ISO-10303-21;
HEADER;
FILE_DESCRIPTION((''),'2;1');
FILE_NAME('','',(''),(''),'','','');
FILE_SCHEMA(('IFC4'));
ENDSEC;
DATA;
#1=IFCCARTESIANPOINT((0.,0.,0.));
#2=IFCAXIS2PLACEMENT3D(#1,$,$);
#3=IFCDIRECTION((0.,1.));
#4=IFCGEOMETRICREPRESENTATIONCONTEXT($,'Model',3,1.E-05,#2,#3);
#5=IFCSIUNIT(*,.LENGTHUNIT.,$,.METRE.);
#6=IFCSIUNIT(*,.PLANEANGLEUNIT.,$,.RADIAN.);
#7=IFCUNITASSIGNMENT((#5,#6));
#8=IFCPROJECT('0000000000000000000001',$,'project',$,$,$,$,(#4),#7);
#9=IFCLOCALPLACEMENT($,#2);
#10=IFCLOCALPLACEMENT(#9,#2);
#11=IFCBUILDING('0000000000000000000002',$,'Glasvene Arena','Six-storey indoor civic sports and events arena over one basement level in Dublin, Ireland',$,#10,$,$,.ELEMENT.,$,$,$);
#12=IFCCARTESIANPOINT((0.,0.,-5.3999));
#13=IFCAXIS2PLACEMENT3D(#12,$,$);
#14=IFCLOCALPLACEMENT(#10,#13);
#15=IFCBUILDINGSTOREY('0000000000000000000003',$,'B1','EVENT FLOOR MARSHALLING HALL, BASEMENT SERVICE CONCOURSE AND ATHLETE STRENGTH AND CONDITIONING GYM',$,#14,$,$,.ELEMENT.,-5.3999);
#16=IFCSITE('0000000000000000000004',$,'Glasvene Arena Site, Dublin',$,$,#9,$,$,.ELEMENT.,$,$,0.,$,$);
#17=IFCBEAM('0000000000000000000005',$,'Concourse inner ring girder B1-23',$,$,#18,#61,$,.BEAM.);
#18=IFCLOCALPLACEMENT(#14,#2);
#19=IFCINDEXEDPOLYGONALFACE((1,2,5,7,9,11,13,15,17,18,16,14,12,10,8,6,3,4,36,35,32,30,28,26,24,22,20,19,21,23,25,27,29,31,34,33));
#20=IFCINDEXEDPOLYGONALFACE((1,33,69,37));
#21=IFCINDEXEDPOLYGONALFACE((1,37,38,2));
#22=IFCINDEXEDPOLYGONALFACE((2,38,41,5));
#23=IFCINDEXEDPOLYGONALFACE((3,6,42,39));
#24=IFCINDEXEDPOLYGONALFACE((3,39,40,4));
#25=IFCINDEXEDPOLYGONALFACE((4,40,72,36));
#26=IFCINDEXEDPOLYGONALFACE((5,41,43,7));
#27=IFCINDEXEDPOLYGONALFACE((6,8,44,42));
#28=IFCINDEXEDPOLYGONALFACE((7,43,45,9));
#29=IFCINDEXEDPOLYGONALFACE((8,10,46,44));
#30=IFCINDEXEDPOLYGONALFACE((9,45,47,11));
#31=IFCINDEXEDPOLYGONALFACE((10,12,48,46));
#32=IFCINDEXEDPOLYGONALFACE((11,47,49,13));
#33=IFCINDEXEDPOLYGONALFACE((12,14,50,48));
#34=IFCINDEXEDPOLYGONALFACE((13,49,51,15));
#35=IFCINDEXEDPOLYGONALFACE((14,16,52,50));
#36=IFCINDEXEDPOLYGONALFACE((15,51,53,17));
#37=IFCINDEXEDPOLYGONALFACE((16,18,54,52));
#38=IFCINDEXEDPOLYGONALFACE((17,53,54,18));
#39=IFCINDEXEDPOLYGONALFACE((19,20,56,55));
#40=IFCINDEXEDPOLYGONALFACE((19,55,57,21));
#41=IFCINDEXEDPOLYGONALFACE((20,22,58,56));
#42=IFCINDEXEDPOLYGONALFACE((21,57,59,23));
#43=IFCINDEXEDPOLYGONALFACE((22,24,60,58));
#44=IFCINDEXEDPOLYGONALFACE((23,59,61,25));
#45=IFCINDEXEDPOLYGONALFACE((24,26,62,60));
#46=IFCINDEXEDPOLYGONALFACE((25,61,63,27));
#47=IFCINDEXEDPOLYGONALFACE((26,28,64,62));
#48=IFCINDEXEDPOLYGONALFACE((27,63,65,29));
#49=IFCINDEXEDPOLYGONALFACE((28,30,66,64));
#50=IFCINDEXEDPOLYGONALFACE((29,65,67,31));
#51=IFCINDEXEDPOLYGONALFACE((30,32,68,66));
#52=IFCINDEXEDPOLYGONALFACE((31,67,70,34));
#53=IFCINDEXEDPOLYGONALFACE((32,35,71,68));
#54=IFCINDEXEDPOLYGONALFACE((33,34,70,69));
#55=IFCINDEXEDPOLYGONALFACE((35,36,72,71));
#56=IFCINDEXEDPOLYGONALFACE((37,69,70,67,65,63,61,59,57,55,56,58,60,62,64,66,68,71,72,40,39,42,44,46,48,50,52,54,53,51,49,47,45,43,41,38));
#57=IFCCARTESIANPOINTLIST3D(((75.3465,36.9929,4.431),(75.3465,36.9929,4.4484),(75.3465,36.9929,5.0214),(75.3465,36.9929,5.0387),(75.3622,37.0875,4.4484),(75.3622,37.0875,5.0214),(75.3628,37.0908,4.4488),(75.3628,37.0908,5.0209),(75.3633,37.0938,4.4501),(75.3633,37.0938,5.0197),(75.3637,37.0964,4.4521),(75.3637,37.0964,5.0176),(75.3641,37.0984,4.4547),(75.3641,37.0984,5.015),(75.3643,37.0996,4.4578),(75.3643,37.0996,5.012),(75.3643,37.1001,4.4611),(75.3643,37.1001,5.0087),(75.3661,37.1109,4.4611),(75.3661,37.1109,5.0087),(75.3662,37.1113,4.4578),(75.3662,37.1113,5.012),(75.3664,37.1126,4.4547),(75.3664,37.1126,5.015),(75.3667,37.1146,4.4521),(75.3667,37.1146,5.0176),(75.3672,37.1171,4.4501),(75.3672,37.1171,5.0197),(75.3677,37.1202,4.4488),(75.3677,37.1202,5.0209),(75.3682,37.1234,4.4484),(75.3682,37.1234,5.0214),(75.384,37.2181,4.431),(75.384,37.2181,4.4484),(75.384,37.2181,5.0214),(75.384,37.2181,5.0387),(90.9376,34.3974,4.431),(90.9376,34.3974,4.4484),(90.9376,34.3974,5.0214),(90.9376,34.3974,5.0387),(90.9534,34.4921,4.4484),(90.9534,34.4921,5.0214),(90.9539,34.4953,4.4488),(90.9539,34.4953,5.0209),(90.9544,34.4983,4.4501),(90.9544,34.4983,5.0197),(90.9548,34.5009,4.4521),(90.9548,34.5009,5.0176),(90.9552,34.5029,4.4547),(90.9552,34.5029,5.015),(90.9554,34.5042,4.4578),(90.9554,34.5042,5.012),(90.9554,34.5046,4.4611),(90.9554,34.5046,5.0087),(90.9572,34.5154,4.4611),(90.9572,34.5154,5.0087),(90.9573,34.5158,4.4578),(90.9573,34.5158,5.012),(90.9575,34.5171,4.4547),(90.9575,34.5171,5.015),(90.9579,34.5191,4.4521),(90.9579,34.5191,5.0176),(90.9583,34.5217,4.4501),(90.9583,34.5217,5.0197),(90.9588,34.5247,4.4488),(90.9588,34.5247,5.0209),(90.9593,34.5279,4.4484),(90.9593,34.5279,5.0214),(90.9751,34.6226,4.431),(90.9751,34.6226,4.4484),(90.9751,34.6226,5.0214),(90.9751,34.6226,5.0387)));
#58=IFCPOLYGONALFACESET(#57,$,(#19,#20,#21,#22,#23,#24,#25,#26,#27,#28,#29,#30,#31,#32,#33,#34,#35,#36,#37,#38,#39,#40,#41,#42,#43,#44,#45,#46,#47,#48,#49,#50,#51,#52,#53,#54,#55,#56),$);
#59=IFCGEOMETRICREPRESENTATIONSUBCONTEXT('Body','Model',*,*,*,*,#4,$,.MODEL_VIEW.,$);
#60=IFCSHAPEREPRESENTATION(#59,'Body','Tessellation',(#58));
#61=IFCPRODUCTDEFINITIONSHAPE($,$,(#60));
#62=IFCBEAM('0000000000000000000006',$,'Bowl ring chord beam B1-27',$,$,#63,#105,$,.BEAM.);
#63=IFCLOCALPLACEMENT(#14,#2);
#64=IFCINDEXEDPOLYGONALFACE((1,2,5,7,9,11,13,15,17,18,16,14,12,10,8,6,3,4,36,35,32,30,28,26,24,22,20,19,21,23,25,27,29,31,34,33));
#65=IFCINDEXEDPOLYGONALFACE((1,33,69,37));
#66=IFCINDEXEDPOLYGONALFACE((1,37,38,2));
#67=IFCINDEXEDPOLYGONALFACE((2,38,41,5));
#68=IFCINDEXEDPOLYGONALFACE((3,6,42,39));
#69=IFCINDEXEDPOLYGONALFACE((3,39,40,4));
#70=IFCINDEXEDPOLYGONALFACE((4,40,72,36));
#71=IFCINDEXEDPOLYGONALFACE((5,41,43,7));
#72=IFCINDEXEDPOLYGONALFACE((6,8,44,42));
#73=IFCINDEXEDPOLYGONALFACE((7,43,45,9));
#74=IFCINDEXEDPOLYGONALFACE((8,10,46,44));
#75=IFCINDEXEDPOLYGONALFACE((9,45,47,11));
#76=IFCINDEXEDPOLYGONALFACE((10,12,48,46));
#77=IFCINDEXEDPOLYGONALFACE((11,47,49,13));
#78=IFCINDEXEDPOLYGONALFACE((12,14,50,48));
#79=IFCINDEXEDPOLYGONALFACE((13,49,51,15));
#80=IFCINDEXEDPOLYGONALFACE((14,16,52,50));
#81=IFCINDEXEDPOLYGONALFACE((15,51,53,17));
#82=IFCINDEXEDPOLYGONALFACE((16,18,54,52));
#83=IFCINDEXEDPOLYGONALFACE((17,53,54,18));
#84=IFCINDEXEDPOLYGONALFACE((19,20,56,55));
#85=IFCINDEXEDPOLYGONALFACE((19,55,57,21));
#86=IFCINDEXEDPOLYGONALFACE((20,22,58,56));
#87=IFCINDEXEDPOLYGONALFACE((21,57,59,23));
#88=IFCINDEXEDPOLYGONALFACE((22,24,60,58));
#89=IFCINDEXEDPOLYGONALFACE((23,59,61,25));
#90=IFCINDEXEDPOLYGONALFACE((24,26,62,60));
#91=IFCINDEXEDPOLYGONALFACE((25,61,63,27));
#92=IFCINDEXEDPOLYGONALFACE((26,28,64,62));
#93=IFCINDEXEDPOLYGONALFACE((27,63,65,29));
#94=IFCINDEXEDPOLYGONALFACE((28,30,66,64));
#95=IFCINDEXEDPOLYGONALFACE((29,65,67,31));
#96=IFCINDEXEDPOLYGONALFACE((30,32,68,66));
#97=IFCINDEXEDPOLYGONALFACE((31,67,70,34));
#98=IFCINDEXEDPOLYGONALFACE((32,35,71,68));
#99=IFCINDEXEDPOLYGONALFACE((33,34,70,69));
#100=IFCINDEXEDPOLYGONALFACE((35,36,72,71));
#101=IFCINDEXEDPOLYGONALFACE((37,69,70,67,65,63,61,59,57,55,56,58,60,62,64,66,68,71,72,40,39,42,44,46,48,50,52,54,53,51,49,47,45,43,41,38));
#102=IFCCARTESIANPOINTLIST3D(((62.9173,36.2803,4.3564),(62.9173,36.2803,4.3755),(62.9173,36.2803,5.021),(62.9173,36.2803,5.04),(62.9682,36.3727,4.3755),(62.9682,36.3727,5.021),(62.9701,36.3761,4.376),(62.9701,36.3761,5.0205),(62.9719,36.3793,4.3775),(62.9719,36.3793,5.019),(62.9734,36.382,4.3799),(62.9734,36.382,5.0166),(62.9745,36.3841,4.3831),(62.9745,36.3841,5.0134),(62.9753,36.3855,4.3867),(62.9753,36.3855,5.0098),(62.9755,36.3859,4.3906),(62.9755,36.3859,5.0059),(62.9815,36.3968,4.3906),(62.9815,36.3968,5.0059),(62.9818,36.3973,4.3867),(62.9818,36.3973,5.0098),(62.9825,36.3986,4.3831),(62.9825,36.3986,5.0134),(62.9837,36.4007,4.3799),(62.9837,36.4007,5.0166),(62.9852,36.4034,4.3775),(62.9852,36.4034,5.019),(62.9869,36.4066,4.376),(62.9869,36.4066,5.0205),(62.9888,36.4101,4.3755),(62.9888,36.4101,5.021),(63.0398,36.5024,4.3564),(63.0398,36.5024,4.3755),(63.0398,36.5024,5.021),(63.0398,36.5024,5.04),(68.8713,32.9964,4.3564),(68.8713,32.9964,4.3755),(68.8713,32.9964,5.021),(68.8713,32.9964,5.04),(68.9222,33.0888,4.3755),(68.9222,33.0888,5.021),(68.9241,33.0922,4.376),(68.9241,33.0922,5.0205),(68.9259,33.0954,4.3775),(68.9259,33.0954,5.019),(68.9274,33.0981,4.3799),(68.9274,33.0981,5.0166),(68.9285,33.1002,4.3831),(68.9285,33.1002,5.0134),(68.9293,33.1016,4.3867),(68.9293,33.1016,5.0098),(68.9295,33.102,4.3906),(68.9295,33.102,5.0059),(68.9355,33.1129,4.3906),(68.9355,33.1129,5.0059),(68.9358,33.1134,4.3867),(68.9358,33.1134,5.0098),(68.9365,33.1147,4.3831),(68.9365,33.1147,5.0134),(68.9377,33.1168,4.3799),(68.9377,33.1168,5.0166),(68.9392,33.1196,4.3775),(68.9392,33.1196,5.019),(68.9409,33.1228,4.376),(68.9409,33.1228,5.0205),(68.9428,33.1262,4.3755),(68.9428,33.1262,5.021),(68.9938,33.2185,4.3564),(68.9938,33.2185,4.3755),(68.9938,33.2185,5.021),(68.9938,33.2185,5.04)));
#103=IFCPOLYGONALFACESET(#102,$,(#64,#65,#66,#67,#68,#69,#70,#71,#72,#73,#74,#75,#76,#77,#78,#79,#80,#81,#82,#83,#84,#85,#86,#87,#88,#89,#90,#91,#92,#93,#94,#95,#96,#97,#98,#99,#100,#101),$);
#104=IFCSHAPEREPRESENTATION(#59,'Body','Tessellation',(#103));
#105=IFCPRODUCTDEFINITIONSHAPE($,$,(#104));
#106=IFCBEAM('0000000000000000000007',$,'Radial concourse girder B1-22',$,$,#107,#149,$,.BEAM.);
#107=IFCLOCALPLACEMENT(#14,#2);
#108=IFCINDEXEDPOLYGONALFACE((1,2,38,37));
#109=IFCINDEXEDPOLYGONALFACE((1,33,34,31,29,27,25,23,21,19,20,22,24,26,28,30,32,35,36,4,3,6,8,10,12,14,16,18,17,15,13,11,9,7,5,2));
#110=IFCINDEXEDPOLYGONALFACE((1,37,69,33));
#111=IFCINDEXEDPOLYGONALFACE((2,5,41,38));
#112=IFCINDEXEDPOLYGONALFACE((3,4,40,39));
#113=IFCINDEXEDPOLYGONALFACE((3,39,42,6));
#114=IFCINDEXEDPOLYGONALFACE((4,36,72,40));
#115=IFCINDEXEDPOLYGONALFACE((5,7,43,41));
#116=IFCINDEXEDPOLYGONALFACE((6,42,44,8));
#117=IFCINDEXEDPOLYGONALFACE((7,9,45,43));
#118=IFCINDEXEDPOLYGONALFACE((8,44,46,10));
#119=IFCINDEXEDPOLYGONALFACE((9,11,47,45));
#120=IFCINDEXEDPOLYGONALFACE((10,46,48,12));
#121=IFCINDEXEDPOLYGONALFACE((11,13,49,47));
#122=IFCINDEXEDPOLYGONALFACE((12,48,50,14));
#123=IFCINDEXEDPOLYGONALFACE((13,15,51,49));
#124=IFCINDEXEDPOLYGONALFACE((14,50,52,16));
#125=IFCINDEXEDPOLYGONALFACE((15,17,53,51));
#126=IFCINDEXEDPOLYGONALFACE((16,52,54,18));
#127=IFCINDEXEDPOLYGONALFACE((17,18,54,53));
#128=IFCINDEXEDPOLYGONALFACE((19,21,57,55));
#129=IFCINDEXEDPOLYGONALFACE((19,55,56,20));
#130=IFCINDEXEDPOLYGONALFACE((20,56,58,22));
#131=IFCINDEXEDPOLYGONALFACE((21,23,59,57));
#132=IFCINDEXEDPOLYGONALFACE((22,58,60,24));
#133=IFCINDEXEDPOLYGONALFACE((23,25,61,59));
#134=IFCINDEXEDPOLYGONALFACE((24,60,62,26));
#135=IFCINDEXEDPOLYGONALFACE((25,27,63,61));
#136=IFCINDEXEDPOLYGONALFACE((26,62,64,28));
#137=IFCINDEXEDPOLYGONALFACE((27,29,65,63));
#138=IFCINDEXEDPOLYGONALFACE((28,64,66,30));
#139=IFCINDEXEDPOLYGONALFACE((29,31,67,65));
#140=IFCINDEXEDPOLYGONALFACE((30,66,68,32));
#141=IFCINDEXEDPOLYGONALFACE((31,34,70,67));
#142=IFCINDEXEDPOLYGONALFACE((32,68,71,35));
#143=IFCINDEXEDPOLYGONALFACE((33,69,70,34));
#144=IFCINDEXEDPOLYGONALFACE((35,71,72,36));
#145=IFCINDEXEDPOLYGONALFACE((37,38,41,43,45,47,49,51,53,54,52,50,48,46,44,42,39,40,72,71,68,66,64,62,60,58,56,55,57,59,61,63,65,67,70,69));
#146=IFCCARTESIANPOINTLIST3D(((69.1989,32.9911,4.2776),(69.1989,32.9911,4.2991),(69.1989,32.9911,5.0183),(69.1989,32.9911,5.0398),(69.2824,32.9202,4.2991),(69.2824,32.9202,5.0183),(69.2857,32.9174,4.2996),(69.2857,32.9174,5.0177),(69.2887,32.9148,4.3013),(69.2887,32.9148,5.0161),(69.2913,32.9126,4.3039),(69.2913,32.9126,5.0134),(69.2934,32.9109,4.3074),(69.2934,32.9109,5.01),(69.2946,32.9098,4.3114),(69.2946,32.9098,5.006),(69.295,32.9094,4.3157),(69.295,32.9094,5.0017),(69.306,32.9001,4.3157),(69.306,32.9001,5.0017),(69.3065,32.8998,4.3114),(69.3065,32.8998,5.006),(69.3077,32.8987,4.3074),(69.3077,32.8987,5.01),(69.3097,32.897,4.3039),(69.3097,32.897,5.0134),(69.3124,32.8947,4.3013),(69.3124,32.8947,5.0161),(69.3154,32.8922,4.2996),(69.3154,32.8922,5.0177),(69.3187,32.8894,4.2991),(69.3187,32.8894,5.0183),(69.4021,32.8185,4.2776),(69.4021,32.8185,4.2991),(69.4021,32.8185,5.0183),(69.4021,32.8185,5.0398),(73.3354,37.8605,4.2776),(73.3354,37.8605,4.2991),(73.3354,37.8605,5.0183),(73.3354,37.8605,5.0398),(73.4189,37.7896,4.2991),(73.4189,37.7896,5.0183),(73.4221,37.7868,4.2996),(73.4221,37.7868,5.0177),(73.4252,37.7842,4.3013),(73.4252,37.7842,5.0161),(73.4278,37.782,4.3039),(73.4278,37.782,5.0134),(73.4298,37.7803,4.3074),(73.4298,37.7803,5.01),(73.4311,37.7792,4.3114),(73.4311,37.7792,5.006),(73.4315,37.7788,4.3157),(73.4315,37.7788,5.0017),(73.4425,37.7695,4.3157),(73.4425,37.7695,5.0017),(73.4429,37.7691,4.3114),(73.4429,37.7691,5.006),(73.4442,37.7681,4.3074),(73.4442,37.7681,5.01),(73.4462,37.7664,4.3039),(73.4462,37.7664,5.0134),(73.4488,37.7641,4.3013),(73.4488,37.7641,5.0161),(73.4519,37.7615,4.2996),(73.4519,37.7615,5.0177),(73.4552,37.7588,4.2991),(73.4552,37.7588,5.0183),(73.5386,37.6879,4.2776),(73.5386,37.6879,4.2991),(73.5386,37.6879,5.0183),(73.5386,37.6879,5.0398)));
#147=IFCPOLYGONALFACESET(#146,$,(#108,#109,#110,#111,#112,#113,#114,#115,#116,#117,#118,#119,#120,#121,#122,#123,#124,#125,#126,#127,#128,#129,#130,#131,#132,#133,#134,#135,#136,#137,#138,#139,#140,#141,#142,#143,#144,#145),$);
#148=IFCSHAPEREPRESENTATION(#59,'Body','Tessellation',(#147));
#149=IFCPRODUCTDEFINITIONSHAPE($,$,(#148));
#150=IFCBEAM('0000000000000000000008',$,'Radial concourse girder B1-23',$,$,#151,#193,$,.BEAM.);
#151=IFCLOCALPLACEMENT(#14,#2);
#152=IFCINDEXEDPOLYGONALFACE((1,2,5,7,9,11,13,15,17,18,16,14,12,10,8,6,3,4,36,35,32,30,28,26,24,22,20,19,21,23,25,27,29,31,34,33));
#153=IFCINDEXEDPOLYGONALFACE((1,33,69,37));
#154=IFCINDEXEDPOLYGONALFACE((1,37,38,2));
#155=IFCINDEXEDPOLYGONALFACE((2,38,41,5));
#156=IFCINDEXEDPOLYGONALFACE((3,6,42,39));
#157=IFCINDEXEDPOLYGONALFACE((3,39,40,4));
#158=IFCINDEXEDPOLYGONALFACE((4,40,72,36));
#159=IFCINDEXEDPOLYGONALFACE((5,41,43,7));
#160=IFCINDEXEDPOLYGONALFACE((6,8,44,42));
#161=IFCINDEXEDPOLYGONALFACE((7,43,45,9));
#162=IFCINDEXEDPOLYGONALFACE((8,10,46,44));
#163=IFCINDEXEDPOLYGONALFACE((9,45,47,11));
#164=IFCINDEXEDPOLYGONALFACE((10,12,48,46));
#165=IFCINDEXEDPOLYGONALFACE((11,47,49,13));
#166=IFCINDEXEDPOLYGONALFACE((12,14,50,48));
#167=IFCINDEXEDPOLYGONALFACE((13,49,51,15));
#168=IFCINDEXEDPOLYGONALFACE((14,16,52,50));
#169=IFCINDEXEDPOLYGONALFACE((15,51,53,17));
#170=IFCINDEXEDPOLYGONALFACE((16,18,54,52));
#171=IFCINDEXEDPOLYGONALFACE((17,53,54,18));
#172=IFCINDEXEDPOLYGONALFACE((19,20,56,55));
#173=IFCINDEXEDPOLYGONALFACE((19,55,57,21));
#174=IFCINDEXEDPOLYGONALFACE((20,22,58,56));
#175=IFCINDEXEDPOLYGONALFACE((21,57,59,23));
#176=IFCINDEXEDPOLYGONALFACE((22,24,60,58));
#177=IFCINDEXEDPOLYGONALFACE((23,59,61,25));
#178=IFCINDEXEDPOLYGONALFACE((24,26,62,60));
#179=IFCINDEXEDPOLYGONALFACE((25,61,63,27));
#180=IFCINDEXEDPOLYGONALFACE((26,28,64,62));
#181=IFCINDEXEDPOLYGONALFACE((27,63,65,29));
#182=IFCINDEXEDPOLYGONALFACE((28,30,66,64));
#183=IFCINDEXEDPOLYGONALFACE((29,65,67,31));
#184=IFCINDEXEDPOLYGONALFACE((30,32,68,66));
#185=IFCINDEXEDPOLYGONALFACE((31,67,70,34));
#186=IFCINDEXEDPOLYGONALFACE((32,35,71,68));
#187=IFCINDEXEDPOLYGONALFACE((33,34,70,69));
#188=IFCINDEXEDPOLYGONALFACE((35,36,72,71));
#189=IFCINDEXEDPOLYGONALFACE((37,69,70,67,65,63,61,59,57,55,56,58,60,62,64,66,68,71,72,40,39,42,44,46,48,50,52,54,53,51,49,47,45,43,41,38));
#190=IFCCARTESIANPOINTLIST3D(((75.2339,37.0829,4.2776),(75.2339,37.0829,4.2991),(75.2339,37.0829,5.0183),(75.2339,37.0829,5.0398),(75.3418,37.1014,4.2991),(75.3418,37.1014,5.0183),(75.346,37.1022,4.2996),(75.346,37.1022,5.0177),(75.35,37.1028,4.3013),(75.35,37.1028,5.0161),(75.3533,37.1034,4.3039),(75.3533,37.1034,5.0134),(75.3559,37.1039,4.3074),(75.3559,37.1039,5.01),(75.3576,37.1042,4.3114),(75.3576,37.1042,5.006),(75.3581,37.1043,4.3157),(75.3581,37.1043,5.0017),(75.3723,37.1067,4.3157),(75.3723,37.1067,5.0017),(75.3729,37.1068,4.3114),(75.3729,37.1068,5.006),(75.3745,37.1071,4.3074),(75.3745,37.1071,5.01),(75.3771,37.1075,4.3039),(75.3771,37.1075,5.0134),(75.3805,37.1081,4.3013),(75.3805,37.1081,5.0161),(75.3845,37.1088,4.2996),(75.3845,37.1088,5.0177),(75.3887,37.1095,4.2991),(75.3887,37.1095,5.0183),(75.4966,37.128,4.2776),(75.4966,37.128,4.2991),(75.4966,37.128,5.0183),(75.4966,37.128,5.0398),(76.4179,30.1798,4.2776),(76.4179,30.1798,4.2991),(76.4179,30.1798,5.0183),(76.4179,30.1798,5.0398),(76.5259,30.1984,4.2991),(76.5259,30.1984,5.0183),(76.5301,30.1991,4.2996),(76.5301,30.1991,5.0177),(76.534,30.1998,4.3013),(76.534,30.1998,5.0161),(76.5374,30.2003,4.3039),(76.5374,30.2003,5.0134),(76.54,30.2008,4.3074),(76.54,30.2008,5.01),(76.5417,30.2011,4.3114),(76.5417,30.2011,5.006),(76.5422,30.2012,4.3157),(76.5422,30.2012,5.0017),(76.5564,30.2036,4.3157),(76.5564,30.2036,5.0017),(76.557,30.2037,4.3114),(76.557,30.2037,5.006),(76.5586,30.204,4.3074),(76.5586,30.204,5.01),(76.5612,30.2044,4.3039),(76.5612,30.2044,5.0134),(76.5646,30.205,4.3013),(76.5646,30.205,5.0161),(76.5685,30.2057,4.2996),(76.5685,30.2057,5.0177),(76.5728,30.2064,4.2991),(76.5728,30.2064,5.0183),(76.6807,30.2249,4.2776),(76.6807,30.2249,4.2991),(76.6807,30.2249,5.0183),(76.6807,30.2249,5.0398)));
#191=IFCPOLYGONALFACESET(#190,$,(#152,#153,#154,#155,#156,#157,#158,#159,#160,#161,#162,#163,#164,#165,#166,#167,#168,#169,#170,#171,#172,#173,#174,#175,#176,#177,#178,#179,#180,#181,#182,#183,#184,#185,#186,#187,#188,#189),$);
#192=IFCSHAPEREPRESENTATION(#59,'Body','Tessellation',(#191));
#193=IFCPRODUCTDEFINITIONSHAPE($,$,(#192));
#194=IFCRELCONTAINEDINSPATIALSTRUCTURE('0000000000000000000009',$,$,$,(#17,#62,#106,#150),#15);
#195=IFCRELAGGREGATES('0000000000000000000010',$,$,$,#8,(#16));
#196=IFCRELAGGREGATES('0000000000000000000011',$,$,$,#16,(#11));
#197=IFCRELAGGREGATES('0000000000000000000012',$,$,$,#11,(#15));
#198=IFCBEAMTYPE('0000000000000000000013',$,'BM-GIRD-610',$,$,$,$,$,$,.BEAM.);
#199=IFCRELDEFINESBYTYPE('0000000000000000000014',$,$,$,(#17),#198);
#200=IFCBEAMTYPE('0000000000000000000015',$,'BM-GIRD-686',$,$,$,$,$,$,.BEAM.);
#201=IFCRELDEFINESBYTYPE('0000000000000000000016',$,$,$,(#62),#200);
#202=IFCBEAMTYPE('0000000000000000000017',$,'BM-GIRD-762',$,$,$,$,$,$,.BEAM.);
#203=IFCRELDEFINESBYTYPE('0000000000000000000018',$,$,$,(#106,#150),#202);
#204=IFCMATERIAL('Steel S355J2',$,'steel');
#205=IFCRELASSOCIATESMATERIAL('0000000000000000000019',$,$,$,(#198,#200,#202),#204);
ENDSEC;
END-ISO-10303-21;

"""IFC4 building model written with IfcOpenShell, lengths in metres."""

from ifc_helpers import new_model, si_unit, direction, frame, origin, origin_2d, place, context, subcontext, project, spatial, i_section, extrude, material, material_profile, profile_set, type_object, element, save


model = new_model("IFC4")

# Units and contexts
model_context = context("Model", 3, precision=1e-05, world=origin(), true_north=direction((0.0, 1.0)))
body_context = subcontext(model_context, "Body", "Model", "MODEL_VIEW")
ifc_project = project(units=[si_unit("LENGTHUNIT", "METRE"), si_unit("PLANEANGLEUNIT", "RADIAN")], contexts=[model_context])

# Site, building, storey
site_placement = place(None, origin())
site = spatial("IfcSite", under=ifc_project, at=site_placement, Name="Glasvene Arena Site, Dublin", CompositionType="ELEMENT", RefElevation=0.0)
building_placement = place(site_placement, origin())
building = spatial("IfcBuilding", under=site, at=building_placement, Name="Glasvene Arena", Description="Six-storey indoor civic sports and events arena over one basement level in Dublin, Ireland", CompositionType="ELEMENT")
storey_placement = place(building_placement, frame((0.0, 0.0, -5.3999)))
storey = spatial("IfcBuildingStorey", under=building, at=storey_placement, Name="B1", Description="EVENT FLOOR MARSHALLING HALL, BASEMENT SERVICE CONCOURSE AND ATHLETE STRENGTH AND CONDITIONING GYM", CompositionType="ELEMENT", Elevation=-5.3999)

# Shared definitions
ifc_material_1 = material(Name="Steel S355J2", Category="steel")

# Beams
ifc_material_profile_1 = material_profile(ifc_material_1, i_section(OverallWidth=0.2283, OverallDepth=0.6077, WebThickness=0.011, FlangeThickness=0.0173, FilletRadius=0.0127, at=origin_2d()), Name="UKB 610x229x113")
ifc_profile_set_1 = profile_set([ifc_material_profile_1], Name="Steel S355J2")
beam_type_1 = type_object("IfcBeamType", Name="BM-GIRD-610", PredefinedType="BEAM", material=ifc_profile_set_1)
beam_1_placement = place(storey_placement, frame((75.3652, 37.1055, 4.7349), z_axis=(0.986425, -0.164211, 0.0), x_axis=(0.164211, 0.986425, 0.0)))
element("IfcBeam", 1, at=beam_1_placement, inside=storey, type_object=beam_type_1, Name="Concourse inner ring girder B1-23", PredefinedType="BEAM", context=body_context, shape_type="SweptSolid", body=[
    extrude(i_section(OverallWidth=0.2283, OverallDepth=0.6077, WebThickness=0.011, FlangeThickness=0.0173, FilletRadius=0.0127, at=origin_2d()), origin(), (0.0, 0.0, 1.0), 15.8057),
])
ifc_material_profile_2 = material_profile(ifc_material_1, i_section(OverallWidth=0.2537, OverallDepth=0.6836, WebThickness=0.0125, FlangeThickness=0.019, FilletRadius=0.0151, at=origin_2d()), Name="UKB 686x254x140")
ifc_profile_set_2 = profile_set([ifc_material_profile_2], Name="Steel S355J2")
beam_type_2 = type_object("IfcBeamType", Name="BM-GIRD-686", PredefinedType="BEAM", material=ifc_profile_set_2)
beam_2_placement = place(storey_placement, frame((62.9785, 36.3914, 4.6982), z_axis=(0.875645, -0.482955, 0.0), x_axis=(0.482955, 0.875645, 0.0)))
element("IfcBeam", 2, at=beam_2_placement, inside=storey, type_object=beam_type_2, Name="Bowl ring chord beam B1-27", PredefinedType="BEAM", context=body_context, shape_type="SweptSolid", body=[
    extrude(i_section(OverallWidth=0.2537, OverallDepth=0.6836, WebThickness=0.0125, FlangeThickness=0.019, FilletRadius=0.0151, at=origin_2d()), origin(), (0.0, 0.0, 1.0), 6.7996),
])
ifc_material_profile_3 = material_profile(ifc_material_1, i_section(OverallWidth=0.2666, OverallDepth=0.7622, WebThickness=0.0144, FlangeThickness=0.0215, FilletRadius=0.0166, at=origin_2d()), Name="UKB 762x267x173")
ifc_profile_set_3 = profile_set([ifc_material_profile_3], Name="Steel S355J2")
beam_type_3 = type_object("IfcBeamType", Name="BM-GIRD-762", PredefinedType="BEAM", material=ifc_profile_set_3)
beam_3_placement = place(storey_placement, frame((73.437, 37.7742, 4.6587), z_axis=(-0.647421, -0.762133, 0.0), x_axis=(0.762133, -0.647421, 0.0)))
element("IfcBeam", 3, at=beam_3_placement, inside=storey, type_object=beam_type_3, Name="Radial concourse girder B1-22", PredefinedType="BEAM", context=body_context, shape_type="SweptSolid", body=[
    extrude(i_section(OverallWidth=0.2666, OverallDepth=0.7622, WebThickness=0.0144, FlangeThickness=0.0215, FilletRadius=0.0166, at=origin_2d()), origin(), (0.0, 0.0, 1.0), 6.3892),
])
beam_4_placement = place(storey_placement, frame((75.3652, 37.1055, 4.6587), z_axis=(0.169061, -0.985606, 0.0), x_axis=(0.985606, 0.169061, 0.0)))
element("IfcBeam", 4, at=beam_4_placement, inside=storey, type_object=beam_type_3, Name="Radial concourse girder B1-23", PredefinedType="BEAM", context=body_context, shape_type="SweptSolid", body=[
    extrude(i_section(OverallWidth=0.2666, OverallDepth=0.7622, WebThickness=0.0144, FlangeThickness=0.0215, FilletRadius=0.0166, at=origin_2d()), origin(), (0.0, 0.0, 1.0), 7.0039),
])

save(model, "model.ifc")
